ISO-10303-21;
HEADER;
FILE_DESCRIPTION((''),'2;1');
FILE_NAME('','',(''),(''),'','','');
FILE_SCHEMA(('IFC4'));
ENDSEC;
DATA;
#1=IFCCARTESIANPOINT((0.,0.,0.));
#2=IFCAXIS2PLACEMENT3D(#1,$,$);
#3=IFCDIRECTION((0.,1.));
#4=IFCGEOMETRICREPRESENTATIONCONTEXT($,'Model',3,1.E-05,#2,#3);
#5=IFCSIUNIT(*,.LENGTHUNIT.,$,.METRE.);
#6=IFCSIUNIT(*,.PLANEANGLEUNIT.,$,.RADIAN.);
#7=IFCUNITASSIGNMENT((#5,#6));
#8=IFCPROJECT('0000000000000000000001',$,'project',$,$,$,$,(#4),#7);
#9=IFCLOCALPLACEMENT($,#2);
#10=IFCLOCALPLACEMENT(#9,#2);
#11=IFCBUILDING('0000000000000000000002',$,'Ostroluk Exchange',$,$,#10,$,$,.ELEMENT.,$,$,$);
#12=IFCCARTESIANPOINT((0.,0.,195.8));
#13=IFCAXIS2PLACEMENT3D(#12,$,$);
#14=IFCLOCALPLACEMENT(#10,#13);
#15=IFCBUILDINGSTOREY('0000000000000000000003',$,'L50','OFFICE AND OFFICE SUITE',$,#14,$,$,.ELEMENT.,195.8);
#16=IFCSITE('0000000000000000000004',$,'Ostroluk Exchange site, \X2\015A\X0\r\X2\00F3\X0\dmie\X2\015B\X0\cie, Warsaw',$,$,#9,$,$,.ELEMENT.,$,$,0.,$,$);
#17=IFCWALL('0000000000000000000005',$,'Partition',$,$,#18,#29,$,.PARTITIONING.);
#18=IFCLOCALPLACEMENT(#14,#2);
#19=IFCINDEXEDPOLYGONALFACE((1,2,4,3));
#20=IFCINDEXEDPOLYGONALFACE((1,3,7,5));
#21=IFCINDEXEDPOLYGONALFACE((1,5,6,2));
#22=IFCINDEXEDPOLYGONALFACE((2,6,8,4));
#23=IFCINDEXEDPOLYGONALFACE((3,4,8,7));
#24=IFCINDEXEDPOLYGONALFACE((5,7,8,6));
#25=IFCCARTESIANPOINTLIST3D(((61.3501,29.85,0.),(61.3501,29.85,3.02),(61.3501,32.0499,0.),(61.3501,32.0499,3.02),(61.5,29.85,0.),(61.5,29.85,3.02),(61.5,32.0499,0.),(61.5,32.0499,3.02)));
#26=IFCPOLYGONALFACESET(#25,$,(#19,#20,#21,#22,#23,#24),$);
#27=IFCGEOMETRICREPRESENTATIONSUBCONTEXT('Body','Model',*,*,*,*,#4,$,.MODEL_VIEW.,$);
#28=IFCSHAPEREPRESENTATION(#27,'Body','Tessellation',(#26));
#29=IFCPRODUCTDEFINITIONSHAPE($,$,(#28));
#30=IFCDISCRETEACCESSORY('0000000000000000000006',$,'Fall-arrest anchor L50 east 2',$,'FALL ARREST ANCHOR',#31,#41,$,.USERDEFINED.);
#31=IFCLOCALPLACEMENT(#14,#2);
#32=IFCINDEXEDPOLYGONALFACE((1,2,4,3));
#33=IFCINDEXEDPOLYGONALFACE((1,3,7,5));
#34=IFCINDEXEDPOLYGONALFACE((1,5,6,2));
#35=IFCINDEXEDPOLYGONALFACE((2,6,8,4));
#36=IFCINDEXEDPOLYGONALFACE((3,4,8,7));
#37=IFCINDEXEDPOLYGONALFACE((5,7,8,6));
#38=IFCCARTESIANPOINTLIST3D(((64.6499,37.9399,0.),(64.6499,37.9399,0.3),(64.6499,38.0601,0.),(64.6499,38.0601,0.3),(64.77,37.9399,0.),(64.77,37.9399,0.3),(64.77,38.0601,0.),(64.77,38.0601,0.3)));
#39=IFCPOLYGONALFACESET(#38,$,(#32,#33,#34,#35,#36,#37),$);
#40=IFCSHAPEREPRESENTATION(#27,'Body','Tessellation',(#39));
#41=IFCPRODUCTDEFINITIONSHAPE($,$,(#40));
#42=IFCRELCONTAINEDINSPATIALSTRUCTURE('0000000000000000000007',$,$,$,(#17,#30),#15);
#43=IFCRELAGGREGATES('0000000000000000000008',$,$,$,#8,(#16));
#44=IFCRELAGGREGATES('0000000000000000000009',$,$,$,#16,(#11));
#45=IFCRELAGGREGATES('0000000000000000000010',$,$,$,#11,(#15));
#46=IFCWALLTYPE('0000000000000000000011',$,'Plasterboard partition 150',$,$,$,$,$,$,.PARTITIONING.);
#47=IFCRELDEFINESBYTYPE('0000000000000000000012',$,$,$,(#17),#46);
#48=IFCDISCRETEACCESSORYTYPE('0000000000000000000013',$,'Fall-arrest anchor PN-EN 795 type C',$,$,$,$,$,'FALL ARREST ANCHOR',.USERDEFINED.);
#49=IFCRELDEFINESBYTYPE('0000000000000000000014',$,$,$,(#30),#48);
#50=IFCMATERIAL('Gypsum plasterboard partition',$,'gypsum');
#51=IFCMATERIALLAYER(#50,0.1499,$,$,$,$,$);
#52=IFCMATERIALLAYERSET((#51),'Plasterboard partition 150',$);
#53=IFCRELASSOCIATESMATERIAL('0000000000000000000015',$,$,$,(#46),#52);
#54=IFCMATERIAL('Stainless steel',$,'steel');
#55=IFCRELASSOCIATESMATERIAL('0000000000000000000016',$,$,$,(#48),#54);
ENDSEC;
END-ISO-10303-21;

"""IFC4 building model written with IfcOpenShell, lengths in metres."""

from ifc_helpers import new_model, si_unit, direction, frame, frame_2d, origin, origin_2d, place, context, subcontext, project, spatial, rectangle, extrude, material, layer, layer_set, type_object, element, save


model = new_model("IFC4")

# Units and contexts
model_context = context("Model", 3, precision=1e-05, world=origin(), true_north=direction((0.0, 1.0)))
body_context = subcontext(model_context, "Body", "Model", "MODEL_VIEW")
ifc_project = project(units=[si_unit("LENGTHUNIT", "METRE"), si_unit("PLANEANGLEUNIT", "RADIAN")], contexts=[model_context])

# Site, building, storey
site_placement = place(None, origin())
site = spatial("IfcSite", under=ifc_project, at=site_placement, Name="Ostroluk Exchange site, Śródmieście, Warsaw", CompositionType="ELEMENT", RefElevation=0.0)
building_placement = place(site_placement, origin())
building = spatial("IfcBuilding", under=site, at=building_placement, Name="Ostroluk Exchange", CompositionType="ELEMENT")
storey_placement = place(building_placement, frame((0.0, 0.0, 195.8)))
storey = spatial("IfcBuildingStorey", under=building, at=storey_placement, Name="L50", Description="OFFICE AND OFFICE SUITE", CompositionType="ELEMENT", Elevation=195.8)

# Shared definitions
ifc_material_1 = material(Name="Gypsum plasterboard partition", Category="gypsum")
ifc_layer_1 = layer(ifc_material_1, 0.1499)
ifc_layer_set_1 = layer_set([ifc_layer_1], Name="Plasterboard partition 150")
wall_type = type_object("IfcWallType", Name="Plasterboard partition 150", PredefinedType="PARTITIONING", material=ifc_layer_set_1)

# Wall
wall_1_placement = place(storey_placement, frame((61.425, 32.05, 0.0), z_axis=(0.0, 0.0, 1.0), x_axis=(0.0, -1.0, 0.0)))
element("IfcWall", 1, at=wall_1_placement, inside=storey, type_object=wall_type, Name="Partition", PredefinedType="PARTITIONING", context=body_context, shape_type="SweptSolid", body=[
    extrude(rectangle(XDim=2.2, YDim=0.1499, at=frame_2d((1.1001, 0.0))), origin(), (0.0, 0.0, 1.0), 3.02),
])

# Discrete accessory
ifc_material_2 = material(Name="Stainless steel", Category="steel")
discrete_accessory_type = type_object("IfcDiscreteAccessoryType", Name="Fall-arrest anchor PN-EN 795 type C", ElementType="FALL ARREST ANCHOR", PredefinedType="USERDEFINED", material=ifc_material_2)
discrete_accessory_placement = place(storey_placement, frame((64.71, 38.0, 0.0), z_axis=(0.0, 0.0, 1.0), x_axis=(1.0, 0.0, 0.0)))
element("IfcDiscreteAccessory", 2, at=discrete_accessory_placement, inside=storey, type_object=discrete_accessory_type, Name="Fall-arrest anchor L50 east 2", ObjectType="FALL ARREST ANCHOR", PredefinedType="USERDEFINED", context=body_context, shape_type="SweptSolid", body=[
    extrude(rectangle(XDim=0.1201, YDim=0.1201, at=origin_2d()), origin(), (0.0, 0.0, 1.0), 0.3),
])

save(model, "model.ifc")
